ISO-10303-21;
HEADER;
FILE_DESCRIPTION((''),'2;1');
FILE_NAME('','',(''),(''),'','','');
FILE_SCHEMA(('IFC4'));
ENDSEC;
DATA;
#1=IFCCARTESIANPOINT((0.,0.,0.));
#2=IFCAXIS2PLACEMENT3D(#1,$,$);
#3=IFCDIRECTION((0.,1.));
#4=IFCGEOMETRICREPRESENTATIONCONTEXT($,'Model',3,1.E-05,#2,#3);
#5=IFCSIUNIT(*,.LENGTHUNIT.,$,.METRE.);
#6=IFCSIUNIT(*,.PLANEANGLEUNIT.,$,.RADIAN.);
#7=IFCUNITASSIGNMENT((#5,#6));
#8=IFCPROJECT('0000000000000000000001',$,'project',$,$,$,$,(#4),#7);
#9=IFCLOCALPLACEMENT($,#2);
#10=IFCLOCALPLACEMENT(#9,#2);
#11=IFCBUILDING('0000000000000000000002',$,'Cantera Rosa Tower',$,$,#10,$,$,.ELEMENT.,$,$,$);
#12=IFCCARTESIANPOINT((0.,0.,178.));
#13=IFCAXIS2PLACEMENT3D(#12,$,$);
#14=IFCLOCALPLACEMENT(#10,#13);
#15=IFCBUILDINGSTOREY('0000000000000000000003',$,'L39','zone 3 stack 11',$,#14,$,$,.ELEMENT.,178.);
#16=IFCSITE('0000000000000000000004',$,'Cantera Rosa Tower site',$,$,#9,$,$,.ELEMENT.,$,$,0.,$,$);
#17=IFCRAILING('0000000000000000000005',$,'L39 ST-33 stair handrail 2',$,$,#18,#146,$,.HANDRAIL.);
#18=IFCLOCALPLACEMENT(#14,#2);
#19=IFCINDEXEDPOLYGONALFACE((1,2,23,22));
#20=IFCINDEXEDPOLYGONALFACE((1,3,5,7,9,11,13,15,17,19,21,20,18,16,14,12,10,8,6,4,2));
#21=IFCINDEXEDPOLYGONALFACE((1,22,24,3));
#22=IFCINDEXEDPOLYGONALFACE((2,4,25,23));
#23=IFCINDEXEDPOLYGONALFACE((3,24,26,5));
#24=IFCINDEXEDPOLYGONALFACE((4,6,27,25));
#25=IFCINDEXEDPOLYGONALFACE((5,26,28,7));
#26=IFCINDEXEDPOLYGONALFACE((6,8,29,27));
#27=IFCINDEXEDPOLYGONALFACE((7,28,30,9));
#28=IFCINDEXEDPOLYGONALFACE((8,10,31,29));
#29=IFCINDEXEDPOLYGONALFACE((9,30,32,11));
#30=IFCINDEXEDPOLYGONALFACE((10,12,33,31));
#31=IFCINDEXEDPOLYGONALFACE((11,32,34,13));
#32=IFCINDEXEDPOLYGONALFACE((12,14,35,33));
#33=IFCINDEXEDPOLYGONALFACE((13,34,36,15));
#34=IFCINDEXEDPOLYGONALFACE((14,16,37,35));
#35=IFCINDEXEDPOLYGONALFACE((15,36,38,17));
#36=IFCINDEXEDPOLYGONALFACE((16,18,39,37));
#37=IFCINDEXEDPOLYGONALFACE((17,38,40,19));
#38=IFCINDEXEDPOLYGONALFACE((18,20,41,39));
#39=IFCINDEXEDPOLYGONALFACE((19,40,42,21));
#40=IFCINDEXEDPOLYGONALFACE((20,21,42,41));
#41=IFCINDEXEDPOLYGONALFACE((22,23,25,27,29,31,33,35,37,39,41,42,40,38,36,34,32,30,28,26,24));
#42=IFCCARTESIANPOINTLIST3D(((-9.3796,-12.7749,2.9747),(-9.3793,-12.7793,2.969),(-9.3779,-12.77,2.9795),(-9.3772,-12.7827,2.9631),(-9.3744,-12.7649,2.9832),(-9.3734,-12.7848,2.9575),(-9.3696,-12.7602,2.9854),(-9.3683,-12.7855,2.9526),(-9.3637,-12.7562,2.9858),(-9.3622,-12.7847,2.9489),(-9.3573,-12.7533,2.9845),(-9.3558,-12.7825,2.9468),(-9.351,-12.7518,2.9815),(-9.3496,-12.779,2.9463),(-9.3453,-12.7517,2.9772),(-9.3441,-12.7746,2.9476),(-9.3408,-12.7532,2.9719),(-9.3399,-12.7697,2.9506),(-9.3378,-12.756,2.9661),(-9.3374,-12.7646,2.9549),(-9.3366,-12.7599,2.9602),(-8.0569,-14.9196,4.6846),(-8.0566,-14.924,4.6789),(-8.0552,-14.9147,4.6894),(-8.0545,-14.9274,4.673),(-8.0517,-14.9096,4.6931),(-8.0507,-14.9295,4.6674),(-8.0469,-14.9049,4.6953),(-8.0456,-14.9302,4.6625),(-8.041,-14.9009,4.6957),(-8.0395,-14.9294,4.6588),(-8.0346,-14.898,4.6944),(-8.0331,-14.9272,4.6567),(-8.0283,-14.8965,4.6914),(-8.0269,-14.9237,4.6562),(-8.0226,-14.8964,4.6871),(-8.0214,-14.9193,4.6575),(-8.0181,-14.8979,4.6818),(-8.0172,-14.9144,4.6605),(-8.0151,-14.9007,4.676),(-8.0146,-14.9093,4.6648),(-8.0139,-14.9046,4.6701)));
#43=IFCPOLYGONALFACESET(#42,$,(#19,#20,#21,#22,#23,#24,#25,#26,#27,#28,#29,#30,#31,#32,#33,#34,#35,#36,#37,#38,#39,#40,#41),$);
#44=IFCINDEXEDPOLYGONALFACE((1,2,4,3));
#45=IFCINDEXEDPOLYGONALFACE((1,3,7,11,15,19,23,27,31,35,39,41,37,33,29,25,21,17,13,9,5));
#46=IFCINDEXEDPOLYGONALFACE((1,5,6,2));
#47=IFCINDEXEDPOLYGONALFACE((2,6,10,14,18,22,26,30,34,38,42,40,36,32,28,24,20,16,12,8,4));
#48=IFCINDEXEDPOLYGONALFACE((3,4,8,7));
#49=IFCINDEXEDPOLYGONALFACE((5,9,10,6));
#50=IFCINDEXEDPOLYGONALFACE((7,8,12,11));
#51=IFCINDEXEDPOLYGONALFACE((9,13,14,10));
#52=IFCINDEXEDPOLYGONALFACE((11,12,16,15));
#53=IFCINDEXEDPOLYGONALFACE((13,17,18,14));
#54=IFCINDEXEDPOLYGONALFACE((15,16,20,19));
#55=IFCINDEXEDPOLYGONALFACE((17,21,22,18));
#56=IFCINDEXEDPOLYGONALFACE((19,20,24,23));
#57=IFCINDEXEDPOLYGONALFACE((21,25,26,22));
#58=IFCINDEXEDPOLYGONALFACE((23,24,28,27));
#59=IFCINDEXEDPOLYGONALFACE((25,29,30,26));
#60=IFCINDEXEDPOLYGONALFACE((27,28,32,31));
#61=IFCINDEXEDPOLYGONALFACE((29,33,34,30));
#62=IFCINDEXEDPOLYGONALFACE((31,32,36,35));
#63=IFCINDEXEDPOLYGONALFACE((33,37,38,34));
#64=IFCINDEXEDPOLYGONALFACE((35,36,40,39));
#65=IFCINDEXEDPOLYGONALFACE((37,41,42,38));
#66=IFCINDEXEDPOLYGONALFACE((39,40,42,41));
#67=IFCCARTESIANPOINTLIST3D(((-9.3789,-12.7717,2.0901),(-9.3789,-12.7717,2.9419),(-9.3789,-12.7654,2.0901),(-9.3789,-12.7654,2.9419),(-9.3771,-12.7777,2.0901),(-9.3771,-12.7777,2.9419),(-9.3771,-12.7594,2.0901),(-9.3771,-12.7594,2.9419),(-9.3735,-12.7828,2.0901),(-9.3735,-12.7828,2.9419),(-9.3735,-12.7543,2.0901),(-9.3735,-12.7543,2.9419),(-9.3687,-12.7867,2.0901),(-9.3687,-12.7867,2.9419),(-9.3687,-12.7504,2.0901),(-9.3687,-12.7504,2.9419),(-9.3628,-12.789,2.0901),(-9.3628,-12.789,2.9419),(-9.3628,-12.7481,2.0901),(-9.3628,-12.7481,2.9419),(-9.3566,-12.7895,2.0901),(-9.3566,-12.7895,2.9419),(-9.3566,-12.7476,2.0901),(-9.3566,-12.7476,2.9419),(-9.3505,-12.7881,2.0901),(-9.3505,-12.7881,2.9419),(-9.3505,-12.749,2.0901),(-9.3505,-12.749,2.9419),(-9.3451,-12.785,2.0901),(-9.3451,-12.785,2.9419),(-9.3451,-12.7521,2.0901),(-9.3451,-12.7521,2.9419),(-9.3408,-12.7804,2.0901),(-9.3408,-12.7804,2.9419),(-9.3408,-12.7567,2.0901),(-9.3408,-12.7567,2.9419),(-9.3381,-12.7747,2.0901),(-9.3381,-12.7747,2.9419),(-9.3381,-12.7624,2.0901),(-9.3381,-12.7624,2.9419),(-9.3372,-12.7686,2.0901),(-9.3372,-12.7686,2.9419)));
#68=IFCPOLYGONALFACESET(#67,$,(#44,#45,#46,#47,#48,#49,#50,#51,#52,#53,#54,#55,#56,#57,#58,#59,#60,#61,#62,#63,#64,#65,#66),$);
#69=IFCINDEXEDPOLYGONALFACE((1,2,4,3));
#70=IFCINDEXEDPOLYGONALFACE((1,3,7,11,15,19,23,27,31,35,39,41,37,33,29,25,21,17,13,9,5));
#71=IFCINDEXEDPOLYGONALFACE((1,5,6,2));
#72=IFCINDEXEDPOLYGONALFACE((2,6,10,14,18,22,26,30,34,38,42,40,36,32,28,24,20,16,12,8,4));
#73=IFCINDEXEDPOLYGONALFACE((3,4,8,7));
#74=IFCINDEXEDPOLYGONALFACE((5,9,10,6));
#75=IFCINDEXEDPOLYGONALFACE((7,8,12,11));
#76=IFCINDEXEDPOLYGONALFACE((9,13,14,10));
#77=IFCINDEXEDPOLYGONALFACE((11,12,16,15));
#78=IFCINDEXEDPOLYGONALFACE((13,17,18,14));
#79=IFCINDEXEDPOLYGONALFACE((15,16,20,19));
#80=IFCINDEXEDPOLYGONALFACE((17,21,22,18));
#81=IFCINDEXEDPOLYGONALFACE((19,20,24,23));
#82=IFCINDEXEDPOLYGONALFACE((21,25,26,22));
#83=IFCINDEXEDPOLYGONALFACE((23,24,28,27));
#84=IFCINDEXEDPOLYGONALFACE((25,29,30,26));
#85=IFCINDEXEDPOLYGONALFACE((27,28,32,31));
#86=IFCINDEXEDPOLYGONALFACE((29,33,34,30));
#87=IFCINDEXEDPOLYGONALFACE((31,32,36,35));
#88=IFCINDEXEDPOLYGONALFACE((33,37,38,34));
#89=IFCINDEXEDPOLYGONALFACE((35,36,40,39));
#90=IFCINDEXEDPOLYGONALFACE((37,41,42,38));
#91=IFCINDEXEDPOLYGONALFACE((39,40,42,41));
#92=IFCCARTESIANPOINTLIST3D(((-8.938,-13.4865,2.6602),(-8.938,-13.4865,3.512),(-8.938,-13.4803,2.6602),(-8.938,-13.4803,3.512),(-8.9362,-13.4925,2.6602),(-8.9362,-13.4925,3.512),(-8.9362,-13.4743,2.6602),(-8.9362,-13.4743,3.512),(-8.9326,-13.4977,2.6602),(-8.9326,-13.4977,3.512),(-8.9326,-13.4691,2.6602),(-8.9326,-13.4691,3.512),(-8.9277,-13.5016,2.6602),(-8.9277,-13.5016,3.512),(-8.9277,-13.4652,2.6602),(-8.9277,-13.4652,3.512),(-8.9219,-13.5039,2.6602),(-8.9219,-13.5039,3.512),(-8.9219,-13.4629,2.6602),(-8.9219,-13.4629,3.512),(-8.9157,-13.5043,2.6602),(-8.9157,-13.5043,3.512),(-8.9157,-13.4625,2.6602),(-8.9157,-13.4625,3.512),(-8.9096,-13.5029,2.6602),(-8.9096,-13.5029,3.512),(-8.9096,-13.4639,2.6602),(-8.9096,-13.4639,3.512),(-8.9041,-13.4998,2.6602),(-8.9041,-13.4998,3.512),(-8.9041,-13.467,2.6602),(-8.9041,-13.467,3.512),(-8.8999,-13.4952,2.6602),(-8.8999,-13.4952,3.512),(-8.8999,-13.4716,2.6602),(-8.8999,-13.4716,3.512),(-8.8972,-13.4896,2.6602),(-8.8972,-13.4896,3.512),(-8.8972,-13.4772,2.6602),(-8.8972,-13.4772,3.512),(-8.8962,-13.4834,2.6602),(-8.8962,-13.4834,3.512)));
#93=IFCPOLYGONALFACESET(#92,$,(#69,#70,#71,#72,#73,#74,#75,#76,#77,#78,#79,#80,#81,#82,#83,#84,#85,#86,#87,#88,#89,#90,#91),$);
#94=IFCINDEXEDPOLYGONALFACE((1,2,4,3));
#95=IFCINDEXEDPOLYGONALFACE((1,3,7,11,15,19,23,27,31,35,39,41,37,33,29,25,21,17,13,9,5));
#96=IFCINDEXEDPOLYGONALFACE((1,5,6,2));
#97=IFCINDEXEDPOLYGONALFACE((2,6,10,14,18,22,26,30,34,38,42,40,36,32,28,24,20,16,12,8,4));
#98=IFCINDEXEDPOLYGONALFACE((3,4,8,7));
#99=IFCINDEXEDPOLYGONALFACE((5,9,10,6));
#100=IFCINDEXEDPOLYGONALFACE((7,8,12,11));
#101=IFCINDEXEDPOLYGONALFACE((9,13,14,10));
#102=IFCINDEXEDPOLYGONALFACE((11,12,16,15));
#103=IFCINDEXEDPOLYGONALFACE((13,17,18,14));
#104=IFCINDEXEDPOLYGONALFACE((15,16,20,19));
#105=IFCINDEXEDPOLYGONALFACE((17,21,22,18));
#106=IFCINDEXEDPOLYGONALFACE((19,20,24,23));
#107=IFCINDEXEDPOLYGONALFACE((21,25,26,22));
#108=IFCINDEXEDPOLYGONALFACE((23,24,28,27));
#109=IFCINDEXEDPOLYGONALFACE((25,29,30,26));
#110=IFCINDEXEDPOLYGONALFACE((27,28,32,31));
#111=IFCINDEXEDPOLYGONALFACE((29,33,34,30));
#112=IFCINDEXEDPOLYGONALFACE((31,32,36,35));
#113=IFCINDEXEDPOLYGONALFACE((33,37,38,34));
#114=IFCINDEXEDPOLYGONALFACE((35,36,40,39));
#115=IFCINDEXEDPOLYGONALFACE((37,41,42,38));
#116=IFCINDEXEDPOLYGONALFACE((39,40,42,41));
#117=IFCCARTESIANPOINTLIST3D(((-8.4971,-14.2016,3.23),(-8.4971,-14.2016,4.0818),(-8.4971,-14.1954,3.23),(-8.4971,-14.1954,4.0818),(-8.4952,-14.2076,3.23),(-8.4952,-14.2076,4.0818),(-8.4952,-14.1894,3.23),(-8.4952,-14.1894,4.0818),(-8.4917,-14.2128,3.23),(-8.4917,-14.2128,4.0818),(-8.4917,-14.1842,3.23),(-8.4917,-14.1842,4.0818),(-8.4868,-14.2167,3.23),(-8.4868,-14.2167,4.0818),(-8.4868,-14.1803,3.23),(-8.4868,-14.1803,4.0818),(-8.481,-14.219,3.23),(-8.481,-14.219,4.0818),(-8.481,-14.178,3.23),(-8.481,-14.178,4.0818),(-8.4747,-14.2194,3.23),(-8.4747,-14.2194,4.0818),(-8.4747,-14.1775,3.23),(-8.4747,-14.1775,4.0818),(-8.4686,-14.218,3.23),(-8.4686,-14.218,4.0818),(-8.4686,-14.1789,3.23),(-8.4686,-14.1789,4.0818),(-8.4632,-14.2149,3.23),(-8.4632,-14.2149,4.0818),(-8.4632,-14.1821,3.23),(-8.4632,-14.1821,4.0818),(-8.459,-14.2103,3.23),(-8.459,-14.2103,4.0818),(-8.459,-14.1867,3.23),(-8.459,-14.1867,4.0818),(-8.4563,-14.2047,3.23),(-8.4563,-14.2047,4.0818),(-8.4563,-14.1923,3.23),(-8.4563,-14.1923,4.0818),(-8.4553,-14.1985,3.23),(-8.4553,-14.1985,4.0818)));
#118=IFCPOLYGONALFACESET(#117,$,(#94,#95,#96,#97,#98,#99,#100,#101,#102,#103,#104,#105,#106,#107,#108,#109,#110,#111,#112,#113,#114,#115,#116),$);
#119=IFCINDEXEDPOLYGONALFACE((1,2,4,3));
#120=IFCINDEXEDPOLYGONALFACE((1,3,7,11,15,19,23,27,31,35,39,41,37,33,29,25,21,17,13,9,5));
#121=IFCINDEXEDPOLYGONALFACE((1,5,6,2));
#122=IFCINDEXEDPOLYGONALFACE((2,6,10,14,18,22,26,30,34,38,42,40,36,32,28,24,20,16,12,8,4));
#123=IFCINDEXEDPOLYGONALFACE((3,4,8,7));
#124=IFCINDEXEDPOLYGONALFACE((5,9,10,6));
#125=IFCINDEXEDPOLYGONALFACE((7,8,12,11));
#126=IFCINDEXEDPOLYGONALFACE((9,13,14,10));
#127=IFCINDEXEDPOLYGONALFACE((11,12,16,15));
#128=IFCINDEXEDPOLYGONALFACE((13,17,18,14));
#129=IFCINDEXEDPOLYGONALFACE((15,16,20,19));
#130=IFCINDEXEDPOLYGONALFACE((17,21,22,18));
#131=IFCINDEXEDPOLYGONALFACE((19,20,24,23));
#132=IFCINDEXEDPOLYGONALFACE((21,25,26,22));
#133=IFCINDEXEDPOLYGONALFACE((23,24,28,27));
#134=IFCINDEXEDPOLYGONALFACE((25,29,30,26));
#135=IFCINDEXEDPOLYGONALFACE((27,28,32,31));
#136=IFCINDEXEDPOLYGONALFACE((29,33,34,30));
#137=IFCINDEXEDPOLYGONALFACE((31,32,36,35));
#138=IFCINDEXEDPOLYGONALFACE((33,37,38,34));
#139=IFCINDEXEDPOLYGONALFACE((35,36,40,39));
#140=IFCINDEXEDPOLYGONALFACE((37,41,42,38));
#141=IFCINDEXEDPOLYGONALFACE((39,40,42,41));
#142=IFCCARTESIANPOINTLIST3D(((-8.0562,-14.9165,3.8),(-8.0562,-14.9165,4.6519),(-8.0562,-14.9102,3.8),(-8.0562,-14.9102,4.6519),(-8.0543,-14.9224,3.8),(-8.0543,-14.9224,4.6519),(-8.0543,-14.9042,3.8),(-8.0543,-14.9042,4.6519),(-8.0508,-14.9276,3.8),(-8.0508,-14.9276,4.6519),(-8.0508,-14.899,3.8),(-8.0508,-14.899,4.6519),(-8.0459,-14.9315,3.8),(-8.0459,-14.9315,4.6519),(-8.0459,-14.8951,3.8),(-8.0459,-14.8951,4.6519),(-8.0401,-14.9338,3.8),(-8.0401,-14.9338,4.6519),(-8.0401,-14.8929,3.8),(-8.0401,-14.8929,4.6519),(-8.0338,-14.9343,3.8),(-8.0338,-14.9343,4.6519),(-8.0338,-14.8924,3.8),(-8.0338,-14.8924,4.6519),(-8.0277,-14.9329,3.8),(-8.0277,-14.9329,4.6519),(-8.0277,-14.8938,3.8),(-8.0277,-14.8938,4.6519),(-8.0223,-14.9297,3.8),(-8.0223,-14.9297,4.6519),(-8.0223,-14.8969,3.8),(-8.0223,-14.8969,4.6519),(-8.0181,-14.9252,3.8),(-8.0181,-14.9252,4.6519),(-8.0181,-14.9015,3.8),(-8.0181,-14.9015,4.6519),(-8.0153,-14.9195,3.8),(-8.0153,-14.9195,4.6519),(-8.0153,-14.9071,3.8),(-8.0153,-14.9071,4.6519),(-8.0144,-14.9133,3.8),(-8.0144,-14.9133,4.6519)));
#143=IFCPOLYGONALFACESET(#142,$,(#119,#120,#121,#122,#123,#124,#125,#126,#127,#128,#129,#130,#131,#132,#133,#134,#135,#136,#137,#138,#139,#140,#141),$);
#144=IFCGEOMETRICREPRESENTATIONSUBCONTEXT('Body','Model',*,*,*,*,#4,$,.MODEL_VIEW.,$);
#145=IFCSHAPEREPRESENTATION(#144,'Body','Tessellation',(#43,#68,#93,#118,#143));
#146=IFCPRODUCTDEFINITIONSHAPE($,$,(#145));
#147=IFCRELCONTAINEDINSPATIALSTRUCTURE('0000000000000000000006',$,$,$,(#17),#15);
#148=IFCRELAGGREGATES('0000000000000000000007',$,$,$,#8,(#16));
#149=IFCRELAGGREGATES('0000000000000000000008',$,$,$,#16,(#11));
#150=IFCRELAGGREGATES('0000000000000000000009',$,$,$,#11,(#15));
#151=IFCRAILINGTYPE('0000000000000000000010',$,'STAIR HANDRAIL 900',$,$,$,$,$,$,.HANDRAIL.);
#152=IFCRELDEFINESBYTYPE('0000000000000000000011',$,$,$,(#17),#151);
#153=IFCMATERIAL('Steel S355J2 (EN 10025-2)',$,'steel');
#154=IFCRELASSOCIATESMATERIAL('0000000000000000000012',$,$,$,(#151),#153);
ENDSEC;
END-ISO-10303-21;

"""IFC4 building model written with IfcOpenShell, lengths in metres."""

from ifc_helpers import new_model, si_unit, direction, frame, origin, origin_2d, place, context, subcontext, project, spatial, circle, extrude, material, type_object, element, save


model = new_model("IFC4")

# Units and contexts
model_context = context("Model", 3, precision=1e-05, world=origin(), true_north=direction((0.0, 1.0)))
body_context = subcontext(model_context, "Body", "Model", "MODEL_VIEW")
ifc_project = project(units=[si_unit("LENGTHUNIT", "METRE"), si_unit("PLANEANGLEUNIT", "RADIAN")], contexts=[model_context])

# Site, building, storey
site_placement = place(None, origin())
site = spatial("IfcSite", under=ifc_project, at=site_placement, Name="Cantera Rosa Tower site", CompositionType="ELEMENT", RefElevation=0.0)
building_placement = place(site_placement, origin())
building = spatial("IfcBuilding", under=site, at=building_placement, Name="Cantera Rosa Tower", CompositionType="ELEMENT")
storey_placement = place(building_placement, frame((0.0, 0.0, 178.0)))
storey = spatial("IfcBuildingStorey", under=building, at=storey_placement, Name="L39", Description="zone 3 stack 11", CompositionType="ELEMENT", Elevation=178.0)

# Railing
ifc_material_1 = material(Name="Steel S355J2 (EN 10025-2)", Category="steel")
railing_type_1 = type_object("IfcRailingType", Name="STAIR HANDRAIL 900", PredefinedType="HANDRAIL", material=ifc_material_1)
railing_1_placement = place(storey_placement, frame((-9.3582, -12.7686, 2.0901)))
element("IfcRailing", 1, at=railing_1_placement, inside=storey, type_object=railing_type_1, Name="L39 ST-33 stair handrail 2", PredefinedType="HANDRAIL", context=body_context, shape_type="SweptSolid", body=[
    extrude(circle(Radius=0.0239, at=origin_2d()), frame((0.0, 0.0, 0.876), z_axis=(0.434363, -0.704296, 0.561513), x_axis=(0.851146, 0.52493, 0.0)), (0.0, 0.0, 1.0), 3.0452),
    extrude(circle(Radius=0.021, at=origin_2d()), origin(), (0.0, 0.0, 1.0), 0.8518),
    extrude(circle(Radius=0.021, at=origin_2d()), frame((0.4409, -0.7148, 0.5701)), (0.0, 0.0, 1.0), 0.8518),
    extrude(circle(Radius=0.021, at=origin_2d()), frame((0.8818, -1.4299, 1.1399)), (0.0, 0.0, 1.0), 0.8518),
    extrude(circle(Radius=0.021, at=origin_2d()), frame((1.3228, -2.1448, 1.71)), (0.0, 0.0, 1.0), 0.8518),
])

save(model, "model.ifc")
